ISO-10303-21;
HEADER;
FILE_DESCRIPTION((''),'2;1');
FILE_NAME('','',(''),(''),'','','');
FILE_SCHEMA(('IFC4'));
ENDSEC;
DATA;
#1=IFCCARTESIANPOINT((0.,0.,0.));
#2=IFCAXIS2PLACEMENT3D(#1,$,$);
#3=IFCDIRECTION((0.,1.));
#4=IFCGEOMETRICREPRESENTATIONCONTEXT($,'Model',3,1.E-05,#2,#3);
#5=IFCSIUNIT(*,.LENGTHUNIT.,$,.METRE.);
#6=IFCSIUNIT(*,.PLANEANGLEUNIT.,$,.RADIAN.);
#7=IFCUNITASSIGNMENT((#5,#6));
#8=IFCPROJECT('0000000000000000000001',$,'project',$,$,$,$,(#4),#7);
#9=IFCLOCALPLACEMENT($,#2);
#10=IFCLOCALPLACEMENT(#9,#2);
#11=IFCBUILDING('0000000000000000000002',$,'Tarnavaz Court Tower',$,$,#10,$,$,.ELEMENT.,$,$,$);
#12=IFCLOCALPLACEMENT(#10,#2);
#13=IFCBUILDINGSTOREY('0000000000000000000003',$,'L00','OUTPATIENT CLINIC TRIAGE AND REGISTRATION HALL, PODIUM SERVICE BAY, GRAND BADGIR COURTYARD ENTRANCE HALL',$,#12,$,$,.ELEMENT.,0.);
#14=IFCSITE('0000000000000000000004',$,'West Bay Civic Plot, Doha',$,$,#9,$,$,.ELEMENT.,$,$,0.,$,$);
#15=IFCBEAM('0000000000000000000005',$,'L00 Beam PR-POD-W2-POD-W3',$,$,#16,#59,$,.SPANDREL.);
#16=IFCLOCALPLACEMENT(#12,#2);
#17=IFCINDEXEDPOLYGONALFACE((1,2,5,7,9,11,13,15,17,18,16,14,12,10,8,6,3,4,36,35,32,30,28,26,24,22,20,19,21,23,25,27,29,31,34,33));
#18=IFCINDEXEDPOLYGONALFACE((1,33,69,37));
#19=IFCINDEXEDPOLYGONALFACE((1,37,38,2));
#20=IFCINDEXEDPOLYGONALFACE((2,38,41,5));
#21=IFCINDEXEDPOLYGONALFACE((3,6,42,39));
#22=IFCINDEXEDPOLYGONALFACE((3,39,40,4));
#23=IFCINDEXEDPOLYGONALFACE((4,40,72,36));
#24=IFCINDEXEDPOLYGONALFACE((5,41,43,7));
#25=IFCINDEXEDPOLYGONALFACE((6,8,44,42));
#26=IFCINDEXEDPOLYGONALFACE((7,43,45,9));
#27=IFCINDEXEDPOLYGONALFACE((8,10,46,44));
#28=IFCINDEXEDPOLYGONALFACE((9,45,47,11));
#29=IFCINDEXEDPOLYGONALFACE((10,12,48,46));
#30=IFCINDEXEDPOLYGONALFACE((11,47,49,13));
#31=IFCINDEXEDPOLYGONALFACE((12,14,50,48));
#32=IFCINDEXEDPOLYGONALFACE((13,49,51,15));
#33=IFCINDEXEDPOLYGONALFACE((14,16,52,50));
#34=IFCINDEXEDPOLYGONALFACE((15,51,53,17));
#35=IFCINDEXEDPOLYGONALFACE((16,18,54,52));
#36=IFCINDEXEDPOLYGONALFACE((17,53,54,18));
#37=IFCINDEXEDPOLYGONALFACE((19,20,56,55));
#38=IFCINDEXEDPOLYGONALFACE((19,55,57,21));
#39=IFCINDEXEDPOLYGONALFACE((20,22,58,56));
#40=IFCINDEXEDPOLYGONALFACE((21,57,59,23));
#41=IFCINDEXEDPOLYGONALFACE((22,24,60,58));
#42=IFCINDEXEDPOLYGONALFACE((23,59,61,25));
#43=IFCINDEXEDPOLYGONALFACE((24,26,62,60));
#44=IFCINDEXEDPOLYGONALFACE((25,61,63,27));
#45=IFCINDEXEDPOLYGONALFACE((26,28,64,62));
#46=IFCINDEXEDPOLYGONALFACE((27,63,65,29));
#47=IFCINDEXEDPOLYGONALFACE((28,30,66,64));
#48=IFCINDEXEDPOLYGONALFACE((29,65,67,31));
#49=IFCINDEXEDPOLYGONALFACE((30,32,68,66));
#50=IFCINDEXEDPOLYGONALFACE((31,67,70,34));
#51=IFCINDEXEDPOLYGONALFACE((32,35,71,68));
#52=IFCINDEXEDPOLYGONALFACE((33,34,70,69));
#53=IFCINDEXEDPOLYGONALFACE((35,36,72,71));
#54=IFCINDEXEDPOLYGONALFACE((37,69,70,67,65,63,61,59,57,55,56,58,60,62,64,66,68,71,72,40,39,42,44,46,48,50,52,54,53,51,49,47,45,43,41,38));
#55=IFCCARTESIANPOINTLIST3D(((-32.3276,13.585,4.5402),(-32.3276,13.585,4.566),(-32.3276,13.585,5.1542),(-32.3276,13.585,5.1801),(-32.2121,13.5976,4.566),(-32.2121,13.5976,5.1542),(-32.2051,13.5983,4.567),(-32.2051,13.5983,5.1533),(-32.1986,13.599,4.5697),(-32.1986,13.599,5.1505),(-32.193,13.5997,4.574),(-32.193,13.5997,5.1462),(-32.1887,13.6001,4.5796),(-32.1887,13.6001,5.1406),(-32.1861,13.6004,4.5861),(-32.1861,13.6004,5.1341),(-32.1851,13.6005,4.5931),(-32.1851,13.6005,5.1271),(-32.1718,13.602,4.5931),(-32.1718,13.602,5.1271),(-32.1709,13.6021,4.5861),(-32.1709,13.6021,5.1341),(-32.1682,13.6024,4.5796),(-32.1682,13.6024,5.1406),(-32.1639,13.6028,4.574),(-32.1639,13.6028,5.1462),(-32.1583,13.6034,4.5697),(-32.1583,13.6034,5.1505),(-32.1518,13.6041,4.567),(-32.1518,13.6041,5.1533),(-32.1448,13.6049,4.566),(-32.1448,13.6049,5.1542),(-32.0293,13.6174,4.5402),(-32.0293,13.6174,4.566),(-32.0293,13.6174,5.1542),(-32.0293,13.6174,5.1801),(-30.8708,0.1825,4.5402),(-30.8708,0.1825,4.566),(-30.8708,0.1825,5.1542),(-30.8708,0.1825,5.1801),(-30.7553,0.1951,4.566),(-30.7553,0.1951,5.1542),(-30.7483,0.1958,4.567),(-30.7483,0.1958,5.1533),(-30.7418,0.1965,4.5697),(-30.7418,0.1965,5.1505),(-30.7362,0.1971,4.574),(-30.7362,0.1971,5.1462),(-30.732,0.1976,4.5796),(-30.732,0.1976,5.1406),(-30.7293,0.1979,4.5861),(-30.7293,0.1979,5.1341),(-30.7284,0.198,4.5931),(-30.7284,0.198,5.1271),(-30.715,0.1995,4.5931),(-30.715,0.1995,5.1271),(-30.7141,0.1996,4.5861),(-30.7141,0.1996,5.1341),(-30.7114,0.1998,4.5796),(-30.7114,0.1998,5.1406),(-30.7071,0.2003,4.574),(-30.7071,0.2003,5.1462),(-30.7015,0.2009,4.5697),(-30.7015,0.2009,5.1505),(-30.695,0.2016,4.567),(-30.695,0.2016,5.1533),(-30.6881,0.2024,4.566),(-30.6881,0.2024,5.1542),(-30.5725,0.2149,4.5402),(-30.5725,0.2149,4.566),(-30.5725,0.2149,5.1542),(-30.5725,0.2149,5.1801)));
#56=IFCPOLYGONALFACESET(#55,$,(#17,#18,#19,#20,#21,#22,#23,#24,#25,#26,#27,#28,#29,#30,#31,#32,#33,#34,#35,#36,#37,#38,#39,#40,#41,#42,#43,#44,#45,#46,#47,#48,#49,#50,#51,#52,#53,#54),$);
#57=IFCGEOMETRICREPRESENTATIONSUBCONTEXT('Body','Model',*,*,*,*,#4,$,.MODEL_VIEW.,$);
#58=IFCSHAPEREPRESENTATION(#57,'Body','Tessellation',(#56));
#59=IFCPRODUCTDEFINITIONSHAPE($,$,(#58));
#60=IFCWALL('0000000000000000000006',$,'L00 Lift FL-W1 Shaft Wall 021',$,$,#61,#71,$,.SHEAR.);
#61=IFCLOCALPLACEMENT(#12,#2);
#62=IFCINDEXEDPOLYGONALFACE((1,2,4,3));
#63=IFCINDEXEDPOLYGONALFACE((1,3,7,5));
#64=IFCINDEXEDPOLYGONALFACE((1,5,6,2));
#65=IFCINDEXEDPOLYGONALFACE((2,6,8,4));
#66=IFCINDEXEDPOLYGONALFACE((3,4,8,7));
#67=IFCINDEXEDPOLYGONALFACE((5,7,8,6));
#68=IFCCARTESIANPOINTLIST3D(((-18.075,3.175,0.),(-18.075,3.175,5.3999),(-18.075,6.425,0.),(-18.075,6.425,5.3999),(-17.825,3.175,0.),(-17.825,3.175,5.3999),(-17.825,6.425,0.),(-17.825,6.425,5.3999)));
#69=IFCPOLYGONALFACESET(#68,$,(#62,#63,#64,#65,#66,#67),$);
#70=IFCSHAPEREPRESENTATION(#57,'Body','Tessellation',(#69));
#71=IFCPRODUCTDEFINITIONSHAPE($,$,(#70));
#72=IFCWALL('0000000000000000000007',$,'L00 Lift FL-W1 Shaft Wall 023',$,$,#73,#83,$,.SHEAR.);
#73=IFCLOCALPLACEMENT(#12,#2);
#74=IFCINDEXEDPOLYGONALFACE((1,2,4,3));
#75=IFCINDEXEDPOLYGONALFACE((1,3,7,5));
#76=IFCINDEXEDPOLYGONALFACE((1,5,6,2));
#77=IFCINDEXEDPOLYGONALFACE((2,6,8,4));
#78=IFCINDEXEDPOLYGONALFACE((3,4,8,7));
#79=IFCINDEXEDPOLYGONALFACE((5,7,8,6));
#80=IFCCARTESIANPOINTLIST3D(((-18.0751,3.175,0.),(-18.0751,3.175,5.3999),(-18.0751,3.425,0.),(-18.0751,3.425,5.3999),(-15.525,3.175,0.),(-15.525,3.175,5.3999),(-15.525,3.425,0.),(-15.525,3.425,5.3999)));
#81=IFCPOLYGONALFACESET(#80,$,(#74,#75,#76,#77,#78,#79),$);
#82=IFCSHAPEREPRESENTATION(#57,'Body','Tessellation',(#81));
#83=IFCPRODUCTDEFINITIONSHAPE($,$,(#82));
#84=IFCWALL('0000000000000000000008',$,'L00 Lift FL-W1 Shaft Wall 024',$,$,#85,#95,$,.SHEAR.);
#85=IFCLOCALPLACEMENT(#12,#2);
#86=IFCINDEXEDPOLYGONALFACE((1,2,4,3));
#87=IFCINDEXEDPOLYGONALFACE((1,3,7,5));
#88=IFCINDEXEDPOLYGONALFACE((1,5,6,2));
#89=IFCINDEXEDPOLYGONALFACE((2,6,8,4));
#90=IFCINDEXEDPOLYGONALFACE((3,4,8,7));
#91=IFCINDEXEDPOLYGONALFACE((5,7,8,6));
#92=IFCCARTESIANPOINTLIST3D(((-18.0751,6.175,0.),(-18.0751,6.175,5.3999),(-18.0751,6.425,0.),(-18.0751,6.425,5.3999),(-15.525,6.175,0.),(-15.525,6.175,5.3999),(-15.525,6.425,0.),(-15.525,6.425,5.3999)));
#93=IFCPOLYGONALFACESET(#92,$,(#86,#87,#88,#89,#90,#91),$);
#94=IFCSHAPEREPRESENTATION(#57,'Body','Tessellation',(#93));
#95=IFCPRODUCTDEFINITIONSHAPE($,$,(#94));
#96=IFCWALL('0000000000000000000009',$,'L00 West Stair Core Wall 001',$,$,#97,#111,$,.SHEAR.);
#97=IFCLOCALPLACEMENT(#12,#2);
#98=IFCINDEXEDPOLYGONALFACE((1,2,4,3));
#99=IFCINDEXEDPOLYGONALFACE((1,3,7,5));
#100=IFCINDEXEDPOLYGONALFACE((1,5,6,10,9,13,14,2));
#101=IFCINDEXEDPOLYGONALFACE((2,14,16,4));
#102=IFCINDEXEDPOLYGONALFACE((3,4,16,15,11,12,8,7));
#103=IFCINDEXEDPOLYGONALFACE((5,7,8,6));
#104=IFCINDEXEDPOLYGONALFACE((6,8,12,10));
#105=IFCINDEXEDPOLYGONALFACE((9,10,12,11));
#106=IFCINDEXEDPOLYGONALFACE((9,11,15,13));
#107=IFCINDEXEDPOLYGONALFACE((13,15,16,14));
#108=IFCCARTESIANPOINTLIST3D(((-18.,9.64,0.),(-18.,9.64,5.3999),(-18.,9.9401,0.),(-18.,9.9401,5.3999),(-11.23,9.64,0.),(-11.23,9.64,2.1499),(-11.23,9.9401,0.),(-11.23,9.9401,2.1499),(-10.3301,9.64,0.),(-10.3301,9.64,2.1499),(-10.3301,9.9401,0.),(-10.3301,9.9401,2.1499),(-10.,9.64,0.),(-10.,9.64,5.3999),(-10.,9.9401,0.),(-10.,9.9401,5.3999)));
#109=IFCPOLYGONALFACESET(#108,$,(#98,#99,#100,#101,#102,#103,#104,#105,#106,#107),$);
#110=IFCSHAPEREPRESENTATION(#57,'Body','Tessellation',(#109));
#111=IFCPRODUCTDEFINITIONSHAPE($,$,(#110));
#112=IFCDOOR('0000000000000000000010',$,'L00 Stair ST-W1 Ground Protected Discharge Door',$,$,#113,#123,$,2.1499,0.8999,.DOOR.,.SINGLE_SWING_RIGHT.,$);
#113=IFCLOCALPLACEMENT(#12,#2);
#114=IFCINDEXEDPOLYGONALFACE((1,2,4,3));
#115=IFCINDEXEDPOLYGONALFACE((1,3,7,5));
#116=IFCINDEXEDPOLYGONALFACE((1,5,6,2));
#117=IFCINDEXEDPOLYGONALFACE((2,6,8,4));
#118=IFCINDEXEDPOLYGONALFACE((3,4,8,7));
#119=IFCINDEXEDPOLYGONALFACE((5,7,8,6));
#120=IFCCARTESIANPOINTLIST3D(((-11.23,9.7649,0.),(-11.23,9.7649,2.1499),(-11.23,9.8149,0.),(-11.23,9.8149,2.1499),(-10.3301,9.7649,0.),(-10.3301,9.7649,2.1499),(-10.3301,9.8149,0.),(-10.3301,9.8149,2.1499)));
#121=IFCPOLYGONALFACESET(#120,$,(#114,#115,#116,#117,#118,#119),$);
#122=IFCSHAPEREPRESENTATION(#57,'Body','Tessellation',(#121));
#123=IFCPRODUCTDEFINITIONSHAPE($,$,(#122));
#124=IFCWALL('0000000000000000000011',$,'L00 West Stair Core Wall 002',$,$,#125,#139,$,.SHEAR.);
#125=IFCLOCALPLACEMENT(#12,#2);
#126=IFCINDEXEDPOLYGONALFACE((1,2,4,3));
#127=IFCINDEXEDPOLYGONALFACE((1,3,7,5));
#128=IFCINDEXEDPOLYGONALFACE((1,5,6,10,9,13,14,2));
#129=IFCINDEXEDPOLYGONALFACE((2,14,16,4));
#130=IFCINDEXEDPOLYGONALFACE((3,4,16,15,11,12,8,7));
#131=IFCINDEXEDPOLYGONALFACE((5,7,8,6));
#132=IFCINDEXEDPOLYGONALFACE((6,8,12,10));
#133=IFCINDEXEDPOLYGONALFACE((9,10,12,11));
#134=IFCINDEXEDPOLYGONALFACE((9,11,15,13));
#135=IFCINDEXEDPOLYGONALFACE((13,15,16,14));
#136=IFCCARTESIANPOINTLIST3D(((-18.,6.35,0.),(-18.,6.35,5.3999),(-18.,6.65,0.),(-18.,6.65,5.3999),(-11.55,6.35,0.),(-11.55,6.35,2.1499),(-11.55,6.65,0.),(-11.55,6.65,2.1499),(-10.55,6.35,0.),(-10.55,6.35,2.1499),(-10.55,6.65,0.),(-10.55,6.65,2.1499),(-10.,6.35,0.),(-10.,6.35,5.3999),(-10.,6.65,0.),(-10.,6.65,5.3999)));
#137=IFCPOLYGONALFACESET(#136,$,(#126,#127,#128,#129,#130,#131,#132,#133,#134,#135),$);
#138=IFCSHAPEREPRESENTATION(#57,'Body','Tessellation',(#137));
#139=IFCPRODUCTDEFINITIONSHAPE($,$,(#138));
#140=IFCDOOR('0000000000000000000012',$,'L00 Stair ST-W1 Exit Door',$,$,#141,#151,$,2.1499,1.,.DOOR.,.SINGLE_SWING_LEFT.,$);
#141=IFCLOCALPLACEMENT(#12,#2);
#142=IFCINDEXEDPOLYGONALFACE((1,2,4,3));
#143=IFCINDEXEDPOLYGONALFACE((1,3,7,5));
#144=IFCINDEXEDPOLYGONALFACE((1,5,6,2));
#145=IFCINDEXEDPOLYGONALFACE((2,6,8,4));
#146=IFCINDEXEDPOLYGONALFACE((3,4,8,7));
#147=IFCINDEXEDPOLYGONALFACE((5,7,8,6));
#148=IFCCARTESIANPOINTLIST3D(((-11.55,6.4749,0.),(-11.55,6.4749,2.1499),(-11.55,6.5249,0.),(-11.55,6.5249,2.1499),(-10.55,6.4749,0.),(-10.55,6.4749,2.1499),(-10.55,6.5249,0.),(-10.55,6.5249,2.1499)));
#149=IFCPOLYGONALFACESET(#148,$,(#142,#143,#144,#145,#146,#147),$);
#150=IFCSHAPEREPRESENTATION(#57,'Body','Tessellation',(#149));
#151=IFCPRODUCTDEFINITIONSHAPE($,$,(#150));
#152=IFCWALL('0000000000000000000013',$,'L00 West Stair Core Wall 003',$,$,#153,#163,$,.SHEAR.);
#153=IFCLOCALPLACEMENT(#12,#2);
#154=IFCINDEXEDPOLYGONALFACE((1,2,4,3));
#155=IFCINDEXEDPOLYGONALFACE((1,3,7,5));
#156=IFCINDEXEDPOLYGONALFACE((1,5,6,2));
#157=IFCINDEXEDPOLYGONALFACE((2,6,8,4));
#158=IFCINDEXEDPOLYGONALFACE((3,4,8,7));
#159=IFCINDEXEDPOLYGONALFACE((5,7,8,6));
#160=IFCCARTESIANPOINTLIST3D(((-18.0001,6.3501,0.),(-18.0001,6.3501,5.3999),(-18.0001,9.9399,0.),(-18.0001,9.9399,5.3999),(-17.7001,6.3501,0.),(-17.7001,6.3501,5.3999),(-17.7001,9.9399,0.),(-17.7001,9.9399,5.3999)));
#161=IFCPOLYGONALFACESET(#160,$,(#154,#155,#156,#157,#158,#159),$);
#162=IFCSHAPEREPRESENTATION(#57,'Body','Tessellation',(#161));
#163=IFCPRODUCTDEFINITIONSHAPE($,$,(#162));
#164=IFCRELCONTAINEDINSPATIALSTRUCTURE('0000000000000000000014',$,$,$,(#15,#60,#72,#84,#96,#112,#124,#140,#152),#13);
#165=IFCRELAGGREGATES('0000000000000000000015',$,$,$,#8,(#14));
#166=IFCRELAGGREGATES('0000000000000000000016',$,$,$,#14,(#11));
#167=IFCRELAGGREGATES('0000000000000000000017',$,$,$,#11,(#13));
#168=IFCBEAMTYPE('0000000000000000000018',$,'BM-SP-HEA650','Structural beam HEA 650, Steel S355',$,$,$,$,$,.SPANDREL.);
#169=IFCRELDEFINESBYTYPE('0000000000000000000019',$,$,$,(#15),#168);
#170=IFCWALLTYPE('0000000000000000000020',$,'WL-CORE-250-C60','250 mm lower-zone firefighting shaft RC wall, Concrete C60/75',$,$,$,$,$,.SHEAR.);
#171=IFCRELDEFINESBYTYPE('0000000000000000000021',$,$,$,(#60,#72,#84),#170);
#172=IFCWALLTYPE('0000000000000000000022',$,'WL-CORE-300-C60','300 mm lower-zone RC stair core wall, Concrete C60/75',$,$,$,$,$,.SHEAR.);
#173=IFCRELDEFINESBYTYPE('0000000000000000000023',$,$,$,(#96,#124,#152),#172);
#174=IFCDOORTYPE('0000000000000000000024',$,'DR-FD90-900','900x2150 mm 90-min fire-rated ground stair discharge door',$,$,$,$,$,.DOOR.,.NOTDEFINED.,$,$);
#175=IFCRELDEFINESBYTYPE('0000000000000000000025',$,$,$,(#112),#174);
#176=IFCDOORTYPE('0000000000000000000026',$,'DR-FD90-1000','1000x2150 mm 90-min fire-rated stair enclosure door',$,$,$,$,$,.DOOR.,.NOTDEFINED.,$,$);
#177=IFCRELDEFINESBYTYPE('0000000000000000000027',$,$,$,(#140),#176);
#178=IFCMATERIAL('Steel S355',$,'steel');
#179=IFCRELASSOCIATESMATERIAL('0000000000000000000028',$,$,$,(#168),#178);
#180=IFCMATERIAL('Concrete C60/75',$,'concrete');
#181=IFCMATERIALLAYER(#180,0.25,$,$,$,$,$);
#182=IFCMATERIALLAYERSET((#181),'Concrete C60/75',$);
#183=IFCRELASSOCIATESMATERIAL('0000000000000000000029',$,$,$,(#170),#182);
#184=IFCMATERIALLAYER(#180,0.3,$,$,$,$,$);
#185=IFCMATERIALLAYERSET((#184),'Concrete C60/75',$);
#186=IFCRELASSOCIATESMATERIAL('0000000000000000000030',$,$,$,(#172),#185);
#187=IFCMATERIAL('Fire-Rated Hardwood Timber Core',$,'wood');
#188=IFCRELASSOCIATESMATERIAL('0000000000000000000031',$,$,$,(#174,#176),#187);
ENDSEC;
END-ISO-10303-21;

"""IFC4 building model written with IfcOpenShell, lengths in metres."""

from ifc_helpers import new_model, si_unit, direction, frame, frame_2d, origin, origin_2d, place, context, subcontext, project, spatial, rectangle, i_section, extrude, material, layer, layer_set, material_profile, profile_set, type_object, element, fill, save


model = new_model("IFC4")

# Units and contexts
model_context = context("Model", 3, precision=1e-05, world=origin(), true_north=direction((0.0, 1.0)))
body_context = subcontext(model_context, "Body", "Model", "MODEL_VIEW")
ifc_project = project(units=[si_unit("LENGTHUNIT", "METRE"), si_unit("PLANEANGLEUNIT", "RADIAN")], contexts=[model_context])

# Site, building, storey
site_placement = place(None, origin())
site = spatial("IfcSite", under=ifc_project, at=site_placement, Name="West Bay Civic Plot, Doha", CompositionType="ELEMENT", RefElevation=0.0)
building_placement = place(site_placement, origin())
building = spatial("IfcBuilding", under=site, at=building_placement, Name="Tarnavaz Court Tower", CompositionType="ELEMENT")
storey_placement = place(building_placement, origin())
storey = spatial("IfcBuildingStorey", under=building, at=storey_placement, Name="L00", Description="OUTPATIENT CLINIC TRIAGE AND REGISTRATION HALL, PODIUM SERVICE BAY, GRAND BADGIR COURTYARD ENTRANCE HALL", CompositionType="ELEMENT", Elevation=0.0)

# Shared definitions
ifc_material_1 = material(Name="Concrete C60/75", Category="concrete")

# Beam
ifc_material_2 = material(Name="Steel S355", Category="steel")
ifc_material_profile_1 = material_profile(ifc_material_2, i_section(OverallWidth=0.3, OverallDepth=0.6399, WebThickness=0.0134, FlangeThickness=0.0259, FilletRadius=0.0271, at=origin_2d()), Name="HEA 650")
ifc_profile_set_1 = profile_set([ifc_material_profile_1], Name="Steel S355")
beam_type_1 = type_object("IfcBeamType", Name="BM-SP-HEA650", Description="Structural beam HEA 650, Steel S355", PredefinedType="SPANDREL", material=ifc_profile_set_1)
beam_1_placement = place(storey_placement, frame((-30.7217, 0.1987, 4.8601), z_axis=(-0.108058, 0.994145, 0.0), x_axis=(-0.994145, -0.108058, 0.0)))
element("IfcBeam", 1, at=beam_1_placement, inside=storey, type_object=beam_type_1, Name="L00 Beam PR-POD-W2-POD-W3", PredefinedType="SPANDREL", context=body_context, shape_type="SweptSolid", body=[
    extrude(i_section(OverallWidth=0.3, OverallDepth=0.6399, WebThickness=0.0134, FlangeThickness=0.0259, FilletRadius=0.0271, at=origin_2d()), origin(), (0.0, 0.0, 1.0), 13.4814),
])

# Wall
ifc_layer_1 = layer(ifc_material_1, 0.25)
ifc_layer_set_1 = layer_set([ifc_layer_1], Name="Concrete C60/75")
wall_type_1 = type_object("IfcWallType", Name="WL-CORE-250-C60", Description="250 mm lower-zone firefighting shaft RC wall, Concrete C60/75", PredefinedType="SHEAR", material=ifc_layer_set_1)
wall_1_placement = place(storey_placement, frame((-17.95, 3.175, 0.0), z_axis=(0.0, 0.0, 1.0), x_axis=(0.0, 1.0, 0.0)))
element("IfcWall", 2, at=wall_1_placement, inside=storey, type_object=wall_type_1, Name="L00 Lift FL-W1 Shaft Wall 021", PredefinedType="SHEAR", context=body_context, shape_type="SweptSolid", body=[
    extrude(rectangle(XDim=3.25, YDim=0.25, at=frame_2d((1.625, 0.0))), origin(), (0.0, 0.0, 1.0), 5.3999),
])

# Walls
for number, where, z_axis, x_axis, name in (
    (3, (-18.075, 3.3, 0.0), (0.0, 0.0, 1.0), (1.0, 0.0, 0.0), "L00 Lift FL-W1 Shaft Wall 023"),
    (4, (-18.075, 6.3, 0.0), (0.0, 0.0, 1.0), (1.0, 0.0, 0.0), "L00 Lift FL-W1 Shaft Wall 024"),
):
    element("IfcWall", number, at=place(storey_placement, frame(where, z_axis=z_axis, x_axis=x_axis)), inside=storey, type_object=wall_type_1, Name=name, PredefinedType="SHEAR", context=body_context, shape_type="SweptSolid", body=[
        extrude(rectangle(XDim=2.55, YDim=0.25, at=frame_2d((1.2749, 0.0))), origin(), (0.0, 0.0, 1.0), 5.3999),
    ])

# Walls, openings, doors
ifc_layer_2 = layer(ifc_material_1, 0.3)
ifc_layer_set_2 = layer_set([ifc_layer_2], Name="Concrete C60/75")
wall_type_2 = type_object("IfcWallType", Name="WL-CORE-300-C60", Description="300 mm lower-zone RC stair core wall, Concrete C60/75", PredefinedType="SHEAR", material=ifc_layer_set_2)
wall_2_placement = place(storey_placement, frame((-18.0, 9.79, 0.0), z_axis=(0.0, 0.0, 1.0), x_axis=(1.0, 0.0, 0.0)))
wall_2 = element("IfcWall", 5, at=wall_2_placement, inside=storey, type_object=wall_type_2, Name="L00 West Stair Core Wall 001", PredefinedType="SHEAR", context=body_context, shape_type="SweptSolid", body=[
    extrude(rectangle(XDim=8.0, YDim=0.3, at=frame_2d((4.0, 0.0))), origin(), (0.0, 0.0, 1.0), 5.3999),
])
opening_1_placement = place(wall_2_placement, frame((6.77, 0.0, 0.0)))
opening_1 = element("IfcOpeningElement", 6, at=opening_1_placement, cuts=wall_2, PredefinedType="OPENING", context=body_context, shape_type="SweptSolid", body=[
    extrude(rectangle(XDim=0.8999, YDim=2.1499, at=frame_2d((0.45, 1.075))), frame((0.0, 0.1599, 0.0), z_axis=(0.0, -1.0, 0.0), x_axis=(1.0, 0.0, 0.0)), (0.0, 0.0, 1.0), 0.3201),
])
ifc_material_3 = material(Name="Fire-Rated Hardwood Timber Core", Category="wood")
door_type_1 = type_object("IfcDoorType", Name="DR-FD90-900", Description="900x2150 mm 90-min fire-rated ground stair discharge door", OperationType="NOTDEFINED", PredefinedType="DOOR", material=ifc_material_3)
door_1_placement = place(opening_1_placement, origin())
door_1 = element("IfcDoor", 7, at=door_1_placement, inside=storey, type_object=door_type_1, Name="L00 Stair ST-W1 Ground Protected Discharge Door", OperationType="SINGLE_SWING_RIGHT", OverallHeight=2.1499, OverallWidth=0.8999, PredefinedType="DOOR", context=body_context, shape_type="SweptSolid", body=[
    extrude(rectangle(XDim=0.8999, YDim=2.1499, at=frame_2d((0.45, 1.075))), frame((0.0, 0.0249, 0.0), z_axis=(0.0, -1.0, 0.0), x_axis=(1.0, 0.0, 0.0)), (0.0, 0.0, 1.0), 0.05),
])
fill(opening_1, door_1)
wall_3_placement = place(storey_placement, frame((-18.0, 6.5, 0.0), z_axis=(0.0, 0.0, 1.0), x_axis=(1.0, 0.0, 0.0)))
wall_3 = element("IfcWall", 8, at=wall_3_placement, inside=storey, type_object=wall_type_2, Name="L00 West Stair Core Wall 002", PredefinedType="SHEAR", context=body_context, shape_type="SweptSolid", body=[
    extrude(rectangle(XDim=8.0, YDim=0.3, at=frame_2d((4.0, 0.0))), origin(), (0.0, 0.0, 1.0), 5.3999),
])
opening_2_placement = place(wall_3_placement, frame((6.45, 0.0, 0.0)))
opening_2 = element("IfcOpeningElement", 9, at=opening_2_placement, cuts=wall_3, PredefinedType="OPENING", context=body_context, shape_type="SweptSolid", body=[
    extrude(rectangle(XDim=1.0, YDim=2.1499, at=frame_2d((0.5, 1.075))), frame((0.0, 0.1599, 0.0), z_axis=(0.0, -1.0, 0.0), x_axis=(1.0, 0.0, 0.0)), (0.0, 0.0, 1.0), 0.3201),
])
door_type_2 = type_object("IfcDoorType", Name="DR-FD90-1000", Description="1000x2150 mm 90-min fire-rated stair enclosure door", OperationType="NOTDEFINED", PredefinedType="DOOR", material=ifc_material_3)
door_2_placement = place(opening_2_placement, origin())
door_2 = element("IfcDoor", 10, at=door_2_placement, inside=storey, type_object=door_type_2, Name="L00 Stair ST-W1 Exit Door", OperationType="SINGLE_SWING_LEFT", OverallHeight=2.1499, OverallWidth=1.0, PredefinedType="DOOR", context=body_context, shape_type="SweptSolid", body=[
    extrude(rectangle(XDim=1.0, YDim=2.1499, at=frame_2d((0.5, 1.075))), frame((0.0, 0.0249, 0.0), z_axis=(0.0, -1.0, 0.0), x_axis=(1.0, 0.0, 0.0)), (0.0, 0.0, 1.0), 0.05),
])
fill(opening_2, door_2)

# Wall
wall_4_placement = place(storey_placement, frame((-17.8501, 6.3501, 0.0), z_axis=(0.0, 0.0, 1.0), x_axis=(0.0, 1.0, 0.0)))
element("IfcWall", 11, at=wall_4_placement, inside=storey, type_object=wall_type_2, Name="L00 West Stair Core Wall 003", PredefinedType="SHEAR", context=body_context, shape_type="SweptSolid", body=[
    extrude(rectangle(XDim=3.5898, YDim=0.3, at=frame_2d((1.7949, 0.0))), origin(), (0.0, 0.0, 1.0), 5.3999),
])

save(model, "model.ifc")
